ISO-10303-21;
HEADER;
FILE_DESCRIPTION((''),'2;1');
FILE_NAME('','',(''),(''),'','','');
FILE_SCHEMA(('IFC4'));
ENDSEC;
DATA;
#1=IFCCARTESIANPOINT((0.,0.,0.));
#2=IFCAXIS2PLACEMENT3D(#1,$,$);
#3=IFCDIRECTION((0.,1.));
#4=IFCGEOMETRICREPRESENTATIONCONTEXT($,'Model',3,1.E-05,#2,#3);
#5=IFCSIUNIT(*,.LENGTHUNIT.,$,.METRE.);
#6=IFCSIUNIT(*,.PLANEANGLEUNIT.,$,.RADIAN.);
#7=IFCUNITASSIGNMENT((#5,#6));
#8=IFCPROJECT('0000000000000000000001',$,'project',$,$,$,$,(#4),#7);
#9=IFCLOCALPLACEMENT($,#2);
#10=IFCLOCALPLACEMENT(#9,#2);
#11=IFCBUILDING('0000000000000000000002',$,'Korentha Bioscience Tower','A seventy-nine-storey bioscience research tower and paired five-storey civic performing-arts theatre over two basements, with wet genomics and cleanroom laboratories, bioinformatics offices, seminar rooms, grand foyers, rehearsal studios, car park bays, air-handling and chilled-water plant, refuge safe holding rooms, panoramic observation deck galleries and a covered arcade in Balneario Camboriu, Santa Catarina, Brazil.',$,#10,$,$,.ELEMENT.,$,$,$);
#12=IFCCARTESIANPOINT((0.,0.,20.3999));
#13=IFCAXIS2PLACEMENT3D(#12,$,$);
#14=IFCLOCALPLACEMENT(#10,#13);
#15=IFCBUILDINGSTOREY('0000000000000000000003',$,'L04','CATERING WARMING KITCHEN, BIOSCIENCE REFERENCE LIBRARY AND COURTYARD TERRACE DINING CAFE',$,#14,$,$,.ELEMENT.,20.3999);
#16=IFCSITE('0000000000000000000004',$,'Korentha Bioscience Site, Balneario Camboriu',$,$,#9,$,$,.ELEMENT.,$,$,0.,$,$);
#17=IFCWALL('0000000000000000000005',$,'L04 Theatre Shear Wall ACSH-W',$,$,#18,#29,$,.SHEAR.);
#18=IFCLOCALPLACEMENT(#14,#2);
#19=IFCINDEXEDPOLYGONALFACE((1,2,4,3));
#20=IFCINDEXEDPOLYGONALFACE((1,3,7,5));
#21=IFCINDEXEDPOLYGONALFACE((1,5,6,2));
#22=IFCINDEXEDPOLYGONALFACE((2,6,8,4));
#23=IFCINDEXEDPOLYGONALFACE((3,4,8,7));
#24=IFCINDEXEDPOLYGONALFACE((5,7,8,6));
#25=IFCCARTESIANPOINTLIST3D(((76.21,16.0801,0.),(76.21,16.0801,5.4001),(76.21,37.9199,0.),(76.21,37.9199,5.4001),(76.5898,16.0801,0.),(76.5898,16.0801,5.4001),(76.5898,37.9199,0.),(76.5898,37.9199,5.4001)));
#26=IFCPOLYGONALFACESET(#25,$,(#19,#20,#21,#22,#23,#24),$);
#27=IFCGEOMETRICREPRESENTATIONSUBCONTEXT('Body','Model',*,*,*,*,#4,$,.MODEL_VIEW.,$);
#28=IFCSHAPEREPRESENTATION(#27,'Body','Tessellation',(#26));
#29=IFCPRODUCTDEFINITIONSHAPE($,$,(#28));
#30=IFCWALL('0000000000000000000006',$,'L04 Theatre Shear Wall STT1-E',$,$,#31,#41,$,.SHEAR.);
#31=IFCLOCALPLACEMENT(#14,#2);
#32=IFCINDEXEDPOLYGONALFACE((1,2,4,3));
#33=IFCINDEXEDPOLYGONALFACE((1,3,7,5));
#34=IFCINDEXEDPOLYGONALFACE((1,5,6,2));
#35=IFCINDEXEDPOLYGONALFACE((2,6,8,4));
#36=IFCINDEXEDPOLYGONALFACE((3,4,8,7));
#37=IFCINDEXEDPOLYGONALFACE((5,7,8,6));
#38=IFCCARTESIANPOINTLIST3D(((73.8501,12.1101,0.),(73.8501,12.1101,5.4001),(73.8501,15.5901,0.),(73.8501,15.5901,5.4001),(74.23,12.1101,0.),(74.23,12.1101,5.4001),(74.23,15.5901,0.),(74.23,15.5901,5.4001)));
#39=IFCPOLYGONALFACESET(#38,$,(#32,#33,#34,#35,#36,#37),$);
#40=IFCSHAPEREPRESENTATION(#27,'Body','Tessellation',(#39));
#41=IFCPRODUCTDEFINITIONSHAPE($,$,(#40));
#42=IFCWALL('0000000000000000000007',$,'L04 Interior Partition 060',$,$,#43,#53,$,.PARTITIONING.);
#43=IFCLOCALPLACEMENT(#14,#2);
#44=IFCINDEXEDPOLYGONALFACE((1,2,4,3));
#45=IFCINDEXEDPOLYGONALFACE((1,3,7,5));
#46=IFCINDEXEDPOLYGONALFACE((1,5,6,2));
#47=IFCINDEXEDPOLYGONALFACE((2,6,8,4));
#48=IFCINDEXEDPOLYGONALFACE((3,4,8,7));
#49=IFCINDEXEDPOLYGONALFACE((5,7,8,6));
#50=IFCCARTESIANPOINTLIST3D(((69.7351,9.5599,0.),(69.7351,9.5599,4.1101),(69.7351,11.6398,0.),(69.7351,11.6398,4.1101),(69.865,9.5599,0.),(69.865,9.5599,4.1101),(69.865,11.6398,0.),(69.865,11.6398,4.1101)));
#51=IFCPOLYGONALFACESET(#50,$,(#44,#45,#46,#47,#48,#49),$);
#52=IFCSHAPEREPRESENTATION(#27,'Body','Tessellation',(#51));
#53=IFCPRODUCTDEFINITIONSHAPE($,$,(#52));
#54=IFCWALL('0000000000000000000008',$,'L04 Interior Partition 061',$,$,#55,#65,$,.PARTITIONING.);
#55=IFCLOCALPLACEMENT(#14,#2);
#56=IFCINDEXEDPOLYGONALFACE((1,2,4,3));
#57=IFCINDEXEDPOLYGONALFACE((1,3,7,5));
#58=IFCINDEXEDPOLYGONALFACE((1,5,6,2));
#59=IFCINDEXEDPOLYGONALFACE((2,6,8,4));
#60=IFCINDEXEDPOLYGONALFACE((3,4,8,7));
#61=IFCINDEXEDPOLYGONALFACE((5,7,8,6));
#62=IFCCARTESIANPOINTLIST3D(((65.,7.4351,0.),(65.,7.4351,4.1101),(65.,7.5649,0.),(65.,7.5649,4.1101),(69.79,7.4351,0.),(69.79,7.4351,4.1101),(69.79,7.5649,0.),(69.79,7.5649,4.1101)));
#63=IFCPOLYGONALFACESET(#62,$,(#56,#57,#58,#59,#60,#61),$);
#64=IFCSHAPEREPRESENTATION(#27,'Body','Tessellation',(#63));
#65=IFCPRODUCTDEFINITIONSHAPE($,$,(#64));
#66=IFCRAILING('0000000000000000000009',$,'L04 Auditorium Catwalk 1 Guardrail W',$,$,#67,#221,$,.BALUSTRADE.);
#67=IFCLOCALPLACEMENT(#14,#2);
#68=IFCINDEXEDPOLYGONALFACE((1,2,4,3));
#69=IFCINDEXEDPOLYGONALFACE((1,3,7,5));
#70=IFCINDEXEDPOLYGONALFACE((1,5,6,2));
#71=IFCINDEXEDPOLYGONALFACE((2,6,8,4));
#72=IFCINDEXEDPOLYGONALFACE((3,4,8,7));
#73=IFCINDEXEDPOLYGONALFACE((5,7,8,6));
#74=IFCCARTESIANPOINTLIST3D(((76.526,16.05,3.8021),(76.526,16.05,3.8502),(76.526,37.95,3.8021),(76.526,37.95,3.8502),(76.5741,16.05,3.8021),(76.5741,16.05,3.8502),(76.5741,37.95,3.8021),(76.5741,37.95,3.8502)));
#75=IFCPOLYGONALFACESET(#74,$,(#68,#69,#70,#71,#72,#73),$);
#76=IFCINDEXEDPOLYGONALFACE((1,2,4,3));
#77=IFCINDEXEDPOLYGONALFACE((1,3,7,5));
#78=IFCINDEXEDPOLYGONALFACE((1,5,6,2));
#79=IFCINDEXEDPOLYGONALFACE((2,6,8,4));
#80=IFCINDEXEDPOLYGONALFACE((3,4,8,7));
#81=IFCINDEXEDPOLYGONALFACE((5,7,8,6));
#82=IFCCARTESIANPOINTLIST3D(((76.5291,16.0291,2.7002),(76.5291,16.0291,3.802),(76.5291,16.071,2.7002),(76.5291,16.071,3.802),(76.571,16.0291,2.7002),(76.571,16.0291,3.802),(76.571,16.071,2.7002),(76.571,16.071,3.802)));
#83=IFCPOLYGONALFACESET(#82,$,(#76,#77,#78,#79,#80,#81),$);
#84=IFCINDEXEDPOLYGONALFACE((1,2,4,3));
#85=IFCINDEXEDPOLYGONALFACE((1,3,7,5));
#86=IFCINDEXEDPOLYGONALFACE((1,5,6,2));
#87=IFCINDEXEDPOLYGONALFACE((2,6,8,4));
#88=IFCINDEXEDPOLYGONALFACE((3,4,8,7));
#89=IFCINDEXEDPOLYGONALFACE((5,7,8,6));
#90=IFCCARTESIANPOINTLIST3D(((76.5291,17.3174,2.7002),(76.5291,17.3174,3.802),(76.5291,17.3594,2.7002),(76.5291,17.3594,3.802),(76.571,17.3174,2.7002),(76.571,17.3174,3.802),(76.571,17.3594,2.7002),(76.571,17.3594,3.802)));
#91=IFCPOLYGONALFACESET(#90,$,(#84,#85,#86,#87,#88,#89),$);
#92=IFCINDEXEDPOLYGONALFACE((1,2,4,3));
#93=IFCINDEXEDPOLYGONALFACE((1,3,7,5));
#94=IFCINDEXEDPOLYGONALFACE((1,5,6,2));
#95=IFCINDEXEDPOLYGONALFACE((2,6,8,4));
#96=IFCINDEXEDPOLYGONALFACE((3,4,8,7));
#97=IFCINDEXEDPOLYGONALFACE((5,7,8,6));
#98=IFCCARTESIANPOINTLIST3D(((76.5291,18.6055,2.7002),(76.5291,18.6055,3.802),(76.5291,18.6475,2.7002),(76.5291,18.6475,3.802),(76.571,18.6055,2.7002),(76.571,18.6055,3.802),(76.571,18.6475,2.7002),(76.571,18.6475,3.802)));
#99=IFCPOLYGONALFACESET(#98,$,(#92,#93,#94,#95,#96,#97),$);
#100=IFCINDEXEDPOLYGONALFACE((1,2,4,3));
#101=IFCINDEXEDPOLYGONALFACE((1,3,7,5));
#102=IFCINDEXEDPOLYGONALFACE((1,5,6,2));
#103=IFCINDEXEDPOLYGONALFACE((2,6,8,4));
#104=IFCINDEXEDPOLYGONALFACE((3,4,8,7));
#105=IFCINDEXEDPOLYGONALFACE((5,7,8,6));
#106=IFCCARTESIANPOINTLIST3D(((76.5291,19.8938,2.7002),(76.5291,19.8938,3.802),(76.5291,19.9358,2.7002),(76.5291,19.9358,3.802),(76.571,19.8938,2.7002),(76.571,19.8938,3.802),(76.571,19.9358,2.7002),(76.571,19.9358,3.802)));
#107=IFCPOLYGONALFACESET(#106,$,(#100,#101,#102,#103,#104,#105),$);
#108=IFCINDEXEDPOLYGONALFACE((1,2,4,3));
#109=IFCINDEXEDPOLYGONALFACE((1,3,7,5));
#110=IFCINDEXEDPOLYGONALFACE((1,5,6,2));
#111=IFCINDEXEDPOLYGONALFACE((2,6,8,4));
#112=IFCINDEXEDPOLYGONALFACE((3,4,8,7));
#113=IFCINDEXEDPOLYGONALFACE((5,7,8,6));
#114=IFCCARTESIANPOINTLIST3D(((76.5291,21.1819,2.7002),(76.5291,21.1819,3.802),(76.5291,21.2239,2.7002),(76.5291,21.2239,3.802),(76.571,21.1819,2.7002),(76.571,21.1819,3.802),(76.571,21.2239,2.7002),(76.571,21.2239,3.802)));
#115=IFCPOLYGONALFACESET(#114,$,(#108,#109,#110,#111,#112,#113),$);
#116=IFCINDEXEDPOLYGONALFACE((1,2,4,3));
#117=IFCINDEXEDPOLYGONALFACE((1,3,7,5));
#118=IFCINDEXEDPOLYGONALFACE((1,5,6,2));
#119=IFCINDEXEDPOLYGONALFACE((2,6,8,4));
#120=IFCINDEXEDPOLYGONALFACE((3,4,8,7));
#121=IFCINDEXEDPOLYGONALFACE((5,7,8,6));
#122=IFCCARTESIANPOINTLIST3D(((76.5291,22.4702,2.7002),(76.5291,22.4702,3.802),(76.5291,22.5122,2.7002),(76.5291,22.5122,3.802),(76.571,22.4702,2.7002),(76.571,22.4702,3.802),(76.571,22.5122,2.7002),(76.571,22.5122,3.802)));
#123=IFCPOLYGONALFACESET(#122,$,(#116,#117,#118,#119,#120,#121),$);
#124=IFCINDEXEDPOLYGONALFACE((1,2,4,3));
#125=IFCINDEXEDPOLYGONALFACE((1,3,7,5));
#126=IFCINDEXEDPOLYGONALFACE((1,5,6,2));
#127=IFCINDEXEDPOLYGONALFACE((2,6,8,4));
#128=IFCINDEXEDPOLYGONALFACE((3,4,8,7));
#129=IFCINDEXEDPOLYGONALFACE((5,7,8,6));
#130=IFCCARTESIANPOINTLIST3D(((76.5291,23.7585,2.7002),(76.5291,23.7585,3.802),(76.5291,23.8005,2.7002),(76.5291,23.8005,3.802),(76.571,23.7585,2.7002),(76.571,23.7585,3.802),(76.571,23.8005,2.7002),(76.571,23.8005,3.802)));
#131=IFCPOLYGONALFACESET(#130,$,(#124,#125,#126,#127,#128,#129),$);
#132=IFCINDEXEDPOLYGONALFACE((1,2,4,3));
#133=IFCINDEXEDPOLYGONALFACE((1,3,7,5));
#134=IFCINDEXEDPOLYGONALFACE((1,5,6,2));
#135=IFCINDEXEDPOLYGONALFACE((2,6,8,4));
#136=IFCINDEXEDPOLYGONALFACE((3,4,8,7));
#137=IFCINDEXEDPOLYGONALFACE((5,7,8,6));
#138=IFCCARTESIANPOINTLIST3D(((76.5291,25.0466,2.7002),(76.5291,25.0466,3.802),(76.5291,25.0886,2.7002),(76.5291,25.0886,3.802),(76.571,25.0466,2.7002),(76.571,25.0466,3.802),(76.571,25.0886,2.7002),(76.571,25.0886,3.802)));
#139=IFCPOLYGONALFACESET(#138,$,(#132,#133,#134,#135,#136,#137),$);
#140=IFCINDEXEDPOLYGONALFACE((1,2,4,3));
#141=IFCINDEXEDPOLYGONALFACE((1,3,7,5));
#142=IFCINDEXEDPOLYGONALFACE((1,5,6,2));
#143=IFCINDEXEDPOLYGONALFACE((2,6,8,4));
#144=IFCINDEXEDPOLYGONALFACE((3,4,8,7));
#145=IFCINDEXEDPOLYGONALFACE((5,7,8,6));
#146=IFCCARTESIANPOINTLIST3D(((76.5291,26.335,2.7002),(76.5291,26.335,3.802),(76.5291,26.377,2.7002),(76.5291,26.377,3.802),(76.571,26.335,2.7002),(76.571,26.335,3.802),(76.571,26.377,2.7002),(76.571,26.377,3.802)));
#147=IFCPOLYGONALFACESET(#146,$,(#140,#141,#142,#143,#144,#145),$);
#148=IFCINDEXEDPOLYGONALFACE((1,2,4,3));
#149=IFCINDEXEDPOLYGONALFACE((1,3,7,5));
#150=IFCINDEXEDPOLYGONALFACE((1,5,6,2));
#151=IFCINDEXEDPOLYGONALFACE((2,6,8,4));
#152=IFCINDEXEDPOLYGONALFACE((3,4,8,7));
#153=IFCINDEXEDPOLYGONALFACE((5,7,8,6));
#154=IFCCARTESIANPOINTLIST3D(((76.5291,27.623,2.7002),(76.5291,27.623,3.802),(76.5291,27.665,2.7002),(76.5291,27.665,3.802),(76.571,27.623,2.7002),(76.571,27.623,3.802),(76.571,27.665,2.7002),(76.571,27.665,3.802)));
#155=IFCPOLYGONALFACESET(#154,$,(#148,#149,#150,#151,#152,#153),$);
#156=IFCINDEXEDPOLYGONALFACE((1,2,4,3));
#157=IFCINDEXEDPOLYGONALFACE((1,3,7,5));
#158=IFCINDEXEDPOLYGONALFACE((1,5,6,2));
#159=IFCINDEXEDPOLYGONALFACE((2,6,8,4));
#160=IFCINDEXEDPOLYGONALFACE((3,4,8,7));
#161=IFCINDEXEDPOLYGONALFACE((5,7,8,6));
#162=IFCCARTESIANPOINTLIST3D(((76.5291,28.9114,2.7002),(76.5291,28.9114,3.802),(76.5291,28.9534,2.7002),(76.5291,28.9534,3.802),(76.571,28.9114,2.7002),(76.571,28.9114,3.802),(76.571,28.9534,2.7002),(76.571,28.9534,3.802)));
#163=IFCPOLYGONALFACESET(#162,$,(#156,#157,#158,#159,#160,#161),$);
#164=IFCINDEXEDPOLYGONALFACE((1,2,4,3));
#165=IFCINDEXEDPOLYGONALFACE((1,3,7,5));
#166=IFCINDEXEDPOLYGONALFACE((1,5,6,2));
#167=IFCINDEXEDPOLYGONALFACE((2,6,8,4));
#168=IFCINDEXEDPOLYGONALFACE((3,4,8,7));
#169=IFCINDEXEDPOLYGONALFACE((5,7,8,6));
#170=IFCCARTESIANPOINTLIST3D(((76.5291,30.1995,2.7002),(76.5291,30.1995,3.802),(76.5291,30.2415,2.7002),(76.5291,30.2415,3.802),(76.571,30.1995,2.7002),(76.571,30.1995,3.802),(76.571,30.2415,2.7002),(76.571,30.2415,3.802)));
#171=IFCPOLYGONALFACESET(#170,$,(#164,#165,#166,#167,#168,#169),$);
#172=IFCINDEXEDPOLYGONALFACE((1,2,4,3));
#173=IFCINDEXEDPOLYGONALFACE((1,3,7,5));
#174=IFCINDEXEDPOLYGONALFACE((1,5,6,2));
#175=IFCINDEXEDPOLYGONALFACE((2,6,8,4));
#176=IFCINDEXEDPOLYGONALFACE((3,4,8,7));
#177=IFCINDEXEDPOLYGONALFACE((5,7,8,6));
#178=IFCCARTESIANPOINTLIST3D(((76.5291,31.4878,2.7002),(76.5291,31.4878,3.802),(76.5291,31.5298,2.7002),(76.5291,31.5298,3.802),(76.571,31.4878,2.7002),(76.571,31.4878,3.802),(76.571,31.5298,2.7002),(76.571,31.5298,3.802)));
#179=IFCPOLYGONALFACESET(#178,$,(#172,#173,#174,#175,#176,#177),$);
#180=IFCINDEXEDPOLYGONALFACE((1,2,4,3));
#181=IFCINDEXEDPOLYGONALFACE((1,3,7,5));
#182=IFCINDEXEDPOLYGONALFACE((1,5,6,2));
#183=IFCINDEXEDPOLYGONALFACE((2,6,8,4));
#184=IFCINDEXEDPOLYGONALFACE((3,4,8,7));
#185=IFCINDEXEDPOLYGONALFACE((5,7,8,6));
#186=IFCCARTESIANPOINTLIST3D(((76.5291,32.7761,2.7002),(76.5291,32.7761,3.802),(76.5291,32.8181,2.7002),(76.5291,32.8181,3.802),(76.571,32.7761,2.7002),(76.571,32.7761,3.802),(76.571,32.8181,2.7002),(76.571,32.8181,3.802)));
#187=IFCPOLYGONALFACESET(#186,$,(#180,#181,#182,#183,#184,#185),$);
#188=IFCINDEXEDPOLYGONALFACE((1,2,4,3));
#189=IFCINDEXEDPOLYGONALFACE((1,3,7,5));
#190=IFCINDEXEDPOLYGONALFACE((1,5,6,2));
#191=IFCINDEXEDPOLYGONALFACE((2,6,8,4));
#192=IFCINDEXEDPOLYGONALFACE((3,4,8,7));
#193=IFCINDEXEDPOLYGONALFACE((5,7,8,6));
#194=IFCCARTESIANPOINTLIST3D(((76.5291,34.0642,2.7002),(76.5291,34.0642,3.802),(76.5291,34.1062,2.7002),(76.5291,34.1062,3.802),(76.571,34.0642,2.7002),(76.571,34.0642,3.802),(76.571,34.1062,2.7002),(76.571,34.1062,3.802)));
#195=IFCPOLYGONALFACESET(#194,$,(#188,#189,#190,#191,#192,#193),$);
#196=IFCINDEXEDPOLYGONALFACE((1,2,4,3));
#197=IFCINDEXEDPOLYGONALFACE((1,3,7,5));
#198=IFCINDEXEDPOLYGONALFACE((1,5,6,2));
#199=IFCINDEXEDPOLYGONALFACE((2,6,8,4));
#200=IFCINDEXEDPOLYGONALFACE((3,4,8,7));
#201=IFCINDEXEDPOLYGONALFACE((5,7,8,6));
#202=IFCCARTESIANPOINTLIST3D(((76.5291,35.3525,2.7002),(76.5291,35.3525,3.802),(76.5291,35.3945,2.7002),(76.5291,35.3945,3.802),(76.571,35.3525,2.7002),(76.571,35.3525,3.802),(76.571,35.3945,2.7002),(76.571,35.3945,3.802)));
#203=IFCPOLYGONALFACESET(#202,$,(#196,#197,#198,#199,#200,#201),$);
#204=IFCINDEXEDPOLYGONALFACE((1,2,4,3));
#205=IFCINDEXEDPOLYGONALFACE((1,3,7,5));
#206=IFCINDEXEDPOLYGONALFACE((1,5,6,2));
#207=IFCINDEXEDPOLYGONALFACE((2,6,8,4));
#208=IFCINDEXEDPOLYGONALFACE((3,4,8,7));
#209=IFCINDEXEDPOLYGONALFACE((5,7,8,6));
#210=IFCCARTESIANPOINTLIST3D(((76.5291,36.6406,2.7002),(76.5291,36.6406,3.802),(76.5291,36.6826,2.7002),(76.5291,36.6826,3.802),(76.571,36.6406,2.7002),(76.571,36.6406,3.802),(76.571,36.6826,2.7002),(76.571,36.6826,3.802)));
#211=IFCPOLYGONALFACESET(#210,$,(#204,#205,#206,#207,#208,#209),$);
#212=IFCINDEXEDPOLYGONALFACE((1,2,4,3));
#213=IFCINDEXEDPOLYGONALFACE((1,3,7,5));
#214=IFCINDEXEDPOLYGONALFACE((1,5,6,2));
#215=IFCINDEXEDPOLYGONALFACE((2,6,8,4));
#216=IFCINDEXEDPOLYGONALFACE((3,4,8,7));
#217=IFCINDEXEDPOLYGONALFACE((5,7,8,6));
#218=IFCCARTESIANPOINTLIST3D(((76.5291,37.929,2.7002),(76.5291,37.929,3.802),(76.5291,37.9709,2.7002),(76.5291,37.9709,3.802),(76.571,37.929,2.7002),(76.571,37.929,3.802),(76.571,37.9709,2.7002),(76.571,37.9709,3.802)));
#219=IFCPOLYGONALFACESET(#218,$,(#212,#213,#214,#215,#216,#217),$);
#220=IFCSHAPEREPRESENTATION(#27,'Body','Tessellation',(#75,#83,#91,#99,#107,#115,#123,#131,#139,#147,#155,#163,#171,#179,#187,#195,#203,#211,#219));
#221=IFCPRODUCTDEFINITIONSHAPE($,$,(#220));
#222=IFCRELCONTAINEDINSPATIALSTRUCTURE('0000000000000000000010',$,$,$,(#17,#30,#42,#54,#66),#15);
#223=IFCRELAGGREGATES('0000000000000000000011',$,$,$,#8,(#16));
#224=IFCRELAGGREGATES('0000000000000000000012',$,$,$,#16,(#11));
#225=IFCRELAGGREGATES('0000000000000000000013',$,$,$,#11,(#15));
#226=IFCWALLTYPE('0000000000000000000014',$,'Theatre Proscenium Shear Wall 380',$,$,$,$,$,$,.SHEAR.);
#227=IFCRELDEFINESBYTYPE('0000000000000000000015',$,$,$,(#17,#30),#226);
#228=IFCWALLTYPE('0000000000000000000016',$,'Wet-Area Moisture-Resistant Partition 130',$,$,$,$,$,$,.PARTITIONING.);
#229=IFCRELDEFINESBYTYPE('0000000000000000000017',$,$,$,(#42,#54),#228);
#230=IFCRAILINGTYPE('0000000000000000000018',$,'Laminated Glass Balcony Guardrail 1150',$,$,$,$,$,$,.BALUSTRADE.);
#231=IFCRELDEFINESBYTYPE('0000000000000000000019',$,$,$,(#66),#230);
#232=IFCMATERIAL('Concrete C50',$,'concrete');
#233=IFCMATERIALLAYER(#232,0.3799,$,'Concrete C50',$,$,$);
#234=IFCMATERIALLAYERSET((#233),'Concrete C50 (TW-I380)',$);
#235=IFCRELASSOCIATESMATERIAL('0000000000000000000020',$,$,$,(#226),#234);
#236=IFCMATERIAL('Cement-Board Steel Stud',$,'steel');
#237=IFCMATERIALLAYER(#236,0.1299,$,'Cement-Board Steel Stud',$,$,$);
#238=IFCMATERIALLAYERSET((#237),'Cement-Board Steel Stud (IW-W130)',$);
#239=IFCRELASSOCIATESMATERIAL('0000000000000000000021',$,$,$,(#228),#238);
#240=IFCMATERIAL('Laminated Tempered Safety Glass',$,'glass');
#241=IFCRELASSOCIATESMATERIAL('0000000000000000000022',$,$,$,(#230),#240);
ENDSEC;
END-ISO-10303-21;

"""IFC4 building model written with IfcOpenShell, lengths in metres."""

from ifc_helpers import new_model, si_unit, direction, frame, frame_2d, origin, origin_2d, place, context, subcontext, project, spatial, rectangle, extrude, material, layer, layer_set, type_object, element, save


model = new_model("IFC4")

# Units and contexts
model_context = context("Model", 3, precision=1e-05, world=origin(), true_north=direction((0.0, 1.0)))
body_context = subcontext(model_context, "Body", "Model", "MODEL_VIEW")
ifc_project = project(units=[si_unit("LENGTHUNIT", "METRE"), si_unit("PLANEANGLEUNIT", "RADIAN")], contexts=[model_context])

# Site, building, storey
site_placement = place(None, origin())
site = spatial("IfcSite", under=ifc_project, at=site_placement, Name="Korentha Bioscience Site, Balneario Camboriu", CompositionType="ELEMENT", RefElevation=0.0)
building_placement = place(site_placement, origin())
building = spatial("IfcBuilding", under=site, at=building_placement, Name="Korentha Bioscience Tower", Description="A seventy-nine-storey bioscience research tower and paired five-storey civic performing-arts theatre over two basements, with wet genomics and cleanroom laboratories, bioinformatics offices, seminar rooms, grand foyers, rehearsal studios, car park bays, air-handling and chilled-water plant, refuge safe holding rooms, panoramic observation deck galleries and a covered arcade in Balneario Camboriu, Santa Catarina, Brazil.", CompositionType="ELEMENT")
storey_placement = place(building_placement, frame((0.0, 0.0, 20.3999)))
storey = spatial("IfcBuildingStorey", under=building, at=storey_placement, Name="L04", Description="CATERING WARMING KITCHEN, BIOSCIENCE REFERENCE LIBRARY AND COURTYARD TERRACE DINING CAFE", CompositionType="ELEMENT", Elevation=20.3999)

# Shared definitions
ifc_material_1 = material(Name="Concrete C50", Category="concrete")

# Walls
ifc_layer_1 = layer(ifc_material_1, 0.3799, Name="Concrete C50")
ifc_layer_set_1 = layer_set([ifc_layer_1], Name="Concrete C50 (TW-I380)")
wall_type_1 = type_object("IfcWallType", Name="Theatre Proscenium Shear Wall 380", PredefinedType="SHEAR", material=ifc_layer_set_1)
wall_1_placement = place(storey_placement, frame((76.3999, 16.0801, 0.0), z_axis=(0.0, 0.0, 1.0), x_axis=(0.0, 1.0, 0.0)))
element("IfcWall", 1, at=wall_1_placement, inside=storey, type_object=wall_type_1, Name="L04 Theatre Shear Wall ACSH-W", PredefinedType="SHEAR", context=body_context, shape_type="SweptSolid", body=[
    extrude(rectangle(XDim=21.8398, YDim=0.3799, at=frame_2d((10.9199, 0.0))), origin(), (0.0, 0.0, 1.0), 5.4001),
])
wall_2_placement = place(storey_placement, frame((74.04, 12.1101, 0.0), z_axis=(0.0, 0.0, 1.0), x_axis=(0.0, 1.0, 0.0)))
element("IfcWall", 2, at=wall_2_placement, inside=storey, type_object=wall_type_1, Name="L04 Theatre Shear Wall STT1-E", PredefinedType="SHEAR", context=body_context, shape_type="SweptSolid", body=[
    extrude(rectangle(XDim=3.48, YDim=0.3799, at=frame_2d((1.74, 0.0))), origin(), (0.0, 0.0, 1.0), 5.4001),
])

# Shared definitions
ifc_material_2 = material(Name="Cement-Board Steel Stud", Category="steel")
ifc_layer_2 = layer(ifc_material_2, 0.1299, Name="Cement-Board Steel Stud")
ifc_layer_set_2 = layer_set([ifc_layer_2], Name="Cement-Board Steel Stud (IW-W130)")
wall_type_2 = type_object("IfcWallType", Name="Wet-Area Moisture-Resistant Partition 130", PredefinedType="PARTITIONING", material=ifc_layer_set_2)

# Walls
wall_3_placement = place(storey_placement, frame((69.8, 11.6399, 0.0), z_axis=(0.0, 0.0, 1.0), x_axis=(0.0, -1.0, 0.0)))
element("IfcWall", 3, at=wall_3_placement, inside=storey, type_object=wall_type_2, Name="L04 Interior Partition 060", PredefinedType="PARTITIONING", context=body_context, shape_type="SweptSolid", body=[
    extrude(rectangle(XDim=2.0798, YDim=0.1299, at=frame_2d((1.04, 0.0))), origin(), (0.0, 0.0, 1.0), 4.1101),
])
wall_4_placement = place(storey_placement, frame((69.79, 7.5, 0.0), z_axis=(0.0, 0.0, 1.0), x_axis=(-1.0, 0.0, 0.0)))
element("IfcWall", 4, at=wall_4_placement, inside=storey, type_object=wall_type_2, Name="L04 Interior Partition 061", PredefinedType="PARTITIONING", context=body_context, shape_type="SweptSolid", body=[
    extrude(rectangle(XDim=4.79, YDim=0.1299, at=frame_2d((2.395, 0.0))), origin(), (0.0, 0.0, 1.0), 4.1101),
])

# Railing
ifc_material_3 = material(Name="Laminated Tempered Safety Glass", Category="glass")
railing_type_1 = type_object("IfcRailingType", Name="Laminated Glass Balcony Guardrail 1150", PredefinedType="BALUSTRADE", material=ifc_material_3)
railing_1_placement = place(storey_placement, frame((76.55, 16.05, 2.7002)))
element("IfcRailing", 5, at=railing_1_placement, inside=storey, type_object=railing_type_1, Name="L04 Auditorium Catwalk 1 Guardrail W", PredefinedType="BALUSTRADE", context=body_context, shape_type="SweptSolid", body=[
    extrude(rectangle(XDim=0.0481, YDim=0.0481, at=origin_2d()), frame((0.0, 0.0, 1.126), z_axis=(0.0, 1.0, 0.0), x_axis=(-1.0, 0.0, 0.0)), (0.0, 0.0, 1.0), 21.8999),
    extrude(rectangle(XDim=0.042, YDim=0.042, at=origin_2d()), origin(), (0.0, 0.0, 1.0), 1.1018),
    extrude(rectangle(XDim=0.042, YDim=0.042, at=origin_2d()), frame((0.0, 1.2883, 0.0)), (0.0, 0.0, 1.0), 1.1018),
    extrude(rectangle(XDim=0.042, YDim=0.042, at=origin_2d()), frame((0.0, 2.5764, 0.0)), (0.0, 0.0, 1.0), 1.1018),
    extrude(rectangle(XDim=0.042, YDim=0.042, at=origin_2d()), frame((0.0, 3.8647, 0.0)), (0.0, 0.0, 1.0), 1.1018),
    extrude(rectangle(XDim=0.042, YDim=0.042, at=origin_2d()), frame((0.0, 5.1528, 0.0)), (0.0, 0.0, 1.0), 1.1018),
    extrude(rectangle(XDim=0.042, YDim=0.042, at=origin_2d()), frame((0.0, 6.4412, 0.0)), (0.0, 0.0, 1.0), 1.1018),
    extrude(rectangle(XDim=0.042, YDim=0.042, at=origin_2d()), frame((0.0, 7.7295, 0.0)), (0.0, 0.0, 1.0), 1.1018),
    extrude(rectangle(XDim=0.042, YDim=0.042, at=origin_2d()), frame((0.0, 9.0176, 0.0)), (0.0, 0.0, 1.0), 1.1018),
    extrude(rectangle(XDim=0.042, YDim=0.042, at=origin_2d()), frame((0.0, 10.3059, 0.0)), (0.0, 0.0, 1.0), 1.1018),
    extrude(rectangle(XDim=0.042, YDim=0.042, at=origin_2d()), frame((0.0, 11.594, 0.0)), (0.0, 0.0, 1.0), 1.1018),
    extrude(rectangle(XDim=0.042, YDim=0.042, at=origin_2d()), frame((0.0, 12.8823, 0.0)), (0.0, 0.0, 1.0), 1.1018),
    extrude(rectangle(XDim=0.042, YDim=0.042, at=origin_2d()), frame((0.0, 14.1704, 0.0)), (0.0, 0.0, 1.0), 1.1018),
    extrude(rectangle(XDim=0.042, YDim=0.042, at=origin_2d()), frame((0.0, 15.4587, 0.0)), (0.0, 0.0, 1.0), 1.1018),
    extrude(rectangle(XDim=0.042, YDim=0.042, at=origin_2d()), frame((0.0, 16.7471, 0.0)), (0.0, 0.0, 1.0), 1.1018),
    extrude(rectangle(XDim=0.042, YDim=0.042, at=origin_2d()), frame((0.0, 18.0352, 0.0)), (0.0, 0.0, 1.0), 1.1018),
    extrude(rectangle(XDim=0.042, YDim=0.042, at=origin_2d()), frame((0.0, 19.3235, 0.0)), (0.0, 0.0, 1.0), 1.1018),
    extrude(rectangle(XDim=0.042, YDim=0.042, at=origin_2d()), frame((0.0, 20.6116, 0.0)), (0.0, 0.0, 1.0), 1.1018),
    extrude(rectangle(XDim=0.042, YDim=0.042, at=origin_2d()), frame((0.0, 21.8999, 0.0)), (0.0, 0.0, 1.0), 1.1018),
])

save(model, "model.ifc")
